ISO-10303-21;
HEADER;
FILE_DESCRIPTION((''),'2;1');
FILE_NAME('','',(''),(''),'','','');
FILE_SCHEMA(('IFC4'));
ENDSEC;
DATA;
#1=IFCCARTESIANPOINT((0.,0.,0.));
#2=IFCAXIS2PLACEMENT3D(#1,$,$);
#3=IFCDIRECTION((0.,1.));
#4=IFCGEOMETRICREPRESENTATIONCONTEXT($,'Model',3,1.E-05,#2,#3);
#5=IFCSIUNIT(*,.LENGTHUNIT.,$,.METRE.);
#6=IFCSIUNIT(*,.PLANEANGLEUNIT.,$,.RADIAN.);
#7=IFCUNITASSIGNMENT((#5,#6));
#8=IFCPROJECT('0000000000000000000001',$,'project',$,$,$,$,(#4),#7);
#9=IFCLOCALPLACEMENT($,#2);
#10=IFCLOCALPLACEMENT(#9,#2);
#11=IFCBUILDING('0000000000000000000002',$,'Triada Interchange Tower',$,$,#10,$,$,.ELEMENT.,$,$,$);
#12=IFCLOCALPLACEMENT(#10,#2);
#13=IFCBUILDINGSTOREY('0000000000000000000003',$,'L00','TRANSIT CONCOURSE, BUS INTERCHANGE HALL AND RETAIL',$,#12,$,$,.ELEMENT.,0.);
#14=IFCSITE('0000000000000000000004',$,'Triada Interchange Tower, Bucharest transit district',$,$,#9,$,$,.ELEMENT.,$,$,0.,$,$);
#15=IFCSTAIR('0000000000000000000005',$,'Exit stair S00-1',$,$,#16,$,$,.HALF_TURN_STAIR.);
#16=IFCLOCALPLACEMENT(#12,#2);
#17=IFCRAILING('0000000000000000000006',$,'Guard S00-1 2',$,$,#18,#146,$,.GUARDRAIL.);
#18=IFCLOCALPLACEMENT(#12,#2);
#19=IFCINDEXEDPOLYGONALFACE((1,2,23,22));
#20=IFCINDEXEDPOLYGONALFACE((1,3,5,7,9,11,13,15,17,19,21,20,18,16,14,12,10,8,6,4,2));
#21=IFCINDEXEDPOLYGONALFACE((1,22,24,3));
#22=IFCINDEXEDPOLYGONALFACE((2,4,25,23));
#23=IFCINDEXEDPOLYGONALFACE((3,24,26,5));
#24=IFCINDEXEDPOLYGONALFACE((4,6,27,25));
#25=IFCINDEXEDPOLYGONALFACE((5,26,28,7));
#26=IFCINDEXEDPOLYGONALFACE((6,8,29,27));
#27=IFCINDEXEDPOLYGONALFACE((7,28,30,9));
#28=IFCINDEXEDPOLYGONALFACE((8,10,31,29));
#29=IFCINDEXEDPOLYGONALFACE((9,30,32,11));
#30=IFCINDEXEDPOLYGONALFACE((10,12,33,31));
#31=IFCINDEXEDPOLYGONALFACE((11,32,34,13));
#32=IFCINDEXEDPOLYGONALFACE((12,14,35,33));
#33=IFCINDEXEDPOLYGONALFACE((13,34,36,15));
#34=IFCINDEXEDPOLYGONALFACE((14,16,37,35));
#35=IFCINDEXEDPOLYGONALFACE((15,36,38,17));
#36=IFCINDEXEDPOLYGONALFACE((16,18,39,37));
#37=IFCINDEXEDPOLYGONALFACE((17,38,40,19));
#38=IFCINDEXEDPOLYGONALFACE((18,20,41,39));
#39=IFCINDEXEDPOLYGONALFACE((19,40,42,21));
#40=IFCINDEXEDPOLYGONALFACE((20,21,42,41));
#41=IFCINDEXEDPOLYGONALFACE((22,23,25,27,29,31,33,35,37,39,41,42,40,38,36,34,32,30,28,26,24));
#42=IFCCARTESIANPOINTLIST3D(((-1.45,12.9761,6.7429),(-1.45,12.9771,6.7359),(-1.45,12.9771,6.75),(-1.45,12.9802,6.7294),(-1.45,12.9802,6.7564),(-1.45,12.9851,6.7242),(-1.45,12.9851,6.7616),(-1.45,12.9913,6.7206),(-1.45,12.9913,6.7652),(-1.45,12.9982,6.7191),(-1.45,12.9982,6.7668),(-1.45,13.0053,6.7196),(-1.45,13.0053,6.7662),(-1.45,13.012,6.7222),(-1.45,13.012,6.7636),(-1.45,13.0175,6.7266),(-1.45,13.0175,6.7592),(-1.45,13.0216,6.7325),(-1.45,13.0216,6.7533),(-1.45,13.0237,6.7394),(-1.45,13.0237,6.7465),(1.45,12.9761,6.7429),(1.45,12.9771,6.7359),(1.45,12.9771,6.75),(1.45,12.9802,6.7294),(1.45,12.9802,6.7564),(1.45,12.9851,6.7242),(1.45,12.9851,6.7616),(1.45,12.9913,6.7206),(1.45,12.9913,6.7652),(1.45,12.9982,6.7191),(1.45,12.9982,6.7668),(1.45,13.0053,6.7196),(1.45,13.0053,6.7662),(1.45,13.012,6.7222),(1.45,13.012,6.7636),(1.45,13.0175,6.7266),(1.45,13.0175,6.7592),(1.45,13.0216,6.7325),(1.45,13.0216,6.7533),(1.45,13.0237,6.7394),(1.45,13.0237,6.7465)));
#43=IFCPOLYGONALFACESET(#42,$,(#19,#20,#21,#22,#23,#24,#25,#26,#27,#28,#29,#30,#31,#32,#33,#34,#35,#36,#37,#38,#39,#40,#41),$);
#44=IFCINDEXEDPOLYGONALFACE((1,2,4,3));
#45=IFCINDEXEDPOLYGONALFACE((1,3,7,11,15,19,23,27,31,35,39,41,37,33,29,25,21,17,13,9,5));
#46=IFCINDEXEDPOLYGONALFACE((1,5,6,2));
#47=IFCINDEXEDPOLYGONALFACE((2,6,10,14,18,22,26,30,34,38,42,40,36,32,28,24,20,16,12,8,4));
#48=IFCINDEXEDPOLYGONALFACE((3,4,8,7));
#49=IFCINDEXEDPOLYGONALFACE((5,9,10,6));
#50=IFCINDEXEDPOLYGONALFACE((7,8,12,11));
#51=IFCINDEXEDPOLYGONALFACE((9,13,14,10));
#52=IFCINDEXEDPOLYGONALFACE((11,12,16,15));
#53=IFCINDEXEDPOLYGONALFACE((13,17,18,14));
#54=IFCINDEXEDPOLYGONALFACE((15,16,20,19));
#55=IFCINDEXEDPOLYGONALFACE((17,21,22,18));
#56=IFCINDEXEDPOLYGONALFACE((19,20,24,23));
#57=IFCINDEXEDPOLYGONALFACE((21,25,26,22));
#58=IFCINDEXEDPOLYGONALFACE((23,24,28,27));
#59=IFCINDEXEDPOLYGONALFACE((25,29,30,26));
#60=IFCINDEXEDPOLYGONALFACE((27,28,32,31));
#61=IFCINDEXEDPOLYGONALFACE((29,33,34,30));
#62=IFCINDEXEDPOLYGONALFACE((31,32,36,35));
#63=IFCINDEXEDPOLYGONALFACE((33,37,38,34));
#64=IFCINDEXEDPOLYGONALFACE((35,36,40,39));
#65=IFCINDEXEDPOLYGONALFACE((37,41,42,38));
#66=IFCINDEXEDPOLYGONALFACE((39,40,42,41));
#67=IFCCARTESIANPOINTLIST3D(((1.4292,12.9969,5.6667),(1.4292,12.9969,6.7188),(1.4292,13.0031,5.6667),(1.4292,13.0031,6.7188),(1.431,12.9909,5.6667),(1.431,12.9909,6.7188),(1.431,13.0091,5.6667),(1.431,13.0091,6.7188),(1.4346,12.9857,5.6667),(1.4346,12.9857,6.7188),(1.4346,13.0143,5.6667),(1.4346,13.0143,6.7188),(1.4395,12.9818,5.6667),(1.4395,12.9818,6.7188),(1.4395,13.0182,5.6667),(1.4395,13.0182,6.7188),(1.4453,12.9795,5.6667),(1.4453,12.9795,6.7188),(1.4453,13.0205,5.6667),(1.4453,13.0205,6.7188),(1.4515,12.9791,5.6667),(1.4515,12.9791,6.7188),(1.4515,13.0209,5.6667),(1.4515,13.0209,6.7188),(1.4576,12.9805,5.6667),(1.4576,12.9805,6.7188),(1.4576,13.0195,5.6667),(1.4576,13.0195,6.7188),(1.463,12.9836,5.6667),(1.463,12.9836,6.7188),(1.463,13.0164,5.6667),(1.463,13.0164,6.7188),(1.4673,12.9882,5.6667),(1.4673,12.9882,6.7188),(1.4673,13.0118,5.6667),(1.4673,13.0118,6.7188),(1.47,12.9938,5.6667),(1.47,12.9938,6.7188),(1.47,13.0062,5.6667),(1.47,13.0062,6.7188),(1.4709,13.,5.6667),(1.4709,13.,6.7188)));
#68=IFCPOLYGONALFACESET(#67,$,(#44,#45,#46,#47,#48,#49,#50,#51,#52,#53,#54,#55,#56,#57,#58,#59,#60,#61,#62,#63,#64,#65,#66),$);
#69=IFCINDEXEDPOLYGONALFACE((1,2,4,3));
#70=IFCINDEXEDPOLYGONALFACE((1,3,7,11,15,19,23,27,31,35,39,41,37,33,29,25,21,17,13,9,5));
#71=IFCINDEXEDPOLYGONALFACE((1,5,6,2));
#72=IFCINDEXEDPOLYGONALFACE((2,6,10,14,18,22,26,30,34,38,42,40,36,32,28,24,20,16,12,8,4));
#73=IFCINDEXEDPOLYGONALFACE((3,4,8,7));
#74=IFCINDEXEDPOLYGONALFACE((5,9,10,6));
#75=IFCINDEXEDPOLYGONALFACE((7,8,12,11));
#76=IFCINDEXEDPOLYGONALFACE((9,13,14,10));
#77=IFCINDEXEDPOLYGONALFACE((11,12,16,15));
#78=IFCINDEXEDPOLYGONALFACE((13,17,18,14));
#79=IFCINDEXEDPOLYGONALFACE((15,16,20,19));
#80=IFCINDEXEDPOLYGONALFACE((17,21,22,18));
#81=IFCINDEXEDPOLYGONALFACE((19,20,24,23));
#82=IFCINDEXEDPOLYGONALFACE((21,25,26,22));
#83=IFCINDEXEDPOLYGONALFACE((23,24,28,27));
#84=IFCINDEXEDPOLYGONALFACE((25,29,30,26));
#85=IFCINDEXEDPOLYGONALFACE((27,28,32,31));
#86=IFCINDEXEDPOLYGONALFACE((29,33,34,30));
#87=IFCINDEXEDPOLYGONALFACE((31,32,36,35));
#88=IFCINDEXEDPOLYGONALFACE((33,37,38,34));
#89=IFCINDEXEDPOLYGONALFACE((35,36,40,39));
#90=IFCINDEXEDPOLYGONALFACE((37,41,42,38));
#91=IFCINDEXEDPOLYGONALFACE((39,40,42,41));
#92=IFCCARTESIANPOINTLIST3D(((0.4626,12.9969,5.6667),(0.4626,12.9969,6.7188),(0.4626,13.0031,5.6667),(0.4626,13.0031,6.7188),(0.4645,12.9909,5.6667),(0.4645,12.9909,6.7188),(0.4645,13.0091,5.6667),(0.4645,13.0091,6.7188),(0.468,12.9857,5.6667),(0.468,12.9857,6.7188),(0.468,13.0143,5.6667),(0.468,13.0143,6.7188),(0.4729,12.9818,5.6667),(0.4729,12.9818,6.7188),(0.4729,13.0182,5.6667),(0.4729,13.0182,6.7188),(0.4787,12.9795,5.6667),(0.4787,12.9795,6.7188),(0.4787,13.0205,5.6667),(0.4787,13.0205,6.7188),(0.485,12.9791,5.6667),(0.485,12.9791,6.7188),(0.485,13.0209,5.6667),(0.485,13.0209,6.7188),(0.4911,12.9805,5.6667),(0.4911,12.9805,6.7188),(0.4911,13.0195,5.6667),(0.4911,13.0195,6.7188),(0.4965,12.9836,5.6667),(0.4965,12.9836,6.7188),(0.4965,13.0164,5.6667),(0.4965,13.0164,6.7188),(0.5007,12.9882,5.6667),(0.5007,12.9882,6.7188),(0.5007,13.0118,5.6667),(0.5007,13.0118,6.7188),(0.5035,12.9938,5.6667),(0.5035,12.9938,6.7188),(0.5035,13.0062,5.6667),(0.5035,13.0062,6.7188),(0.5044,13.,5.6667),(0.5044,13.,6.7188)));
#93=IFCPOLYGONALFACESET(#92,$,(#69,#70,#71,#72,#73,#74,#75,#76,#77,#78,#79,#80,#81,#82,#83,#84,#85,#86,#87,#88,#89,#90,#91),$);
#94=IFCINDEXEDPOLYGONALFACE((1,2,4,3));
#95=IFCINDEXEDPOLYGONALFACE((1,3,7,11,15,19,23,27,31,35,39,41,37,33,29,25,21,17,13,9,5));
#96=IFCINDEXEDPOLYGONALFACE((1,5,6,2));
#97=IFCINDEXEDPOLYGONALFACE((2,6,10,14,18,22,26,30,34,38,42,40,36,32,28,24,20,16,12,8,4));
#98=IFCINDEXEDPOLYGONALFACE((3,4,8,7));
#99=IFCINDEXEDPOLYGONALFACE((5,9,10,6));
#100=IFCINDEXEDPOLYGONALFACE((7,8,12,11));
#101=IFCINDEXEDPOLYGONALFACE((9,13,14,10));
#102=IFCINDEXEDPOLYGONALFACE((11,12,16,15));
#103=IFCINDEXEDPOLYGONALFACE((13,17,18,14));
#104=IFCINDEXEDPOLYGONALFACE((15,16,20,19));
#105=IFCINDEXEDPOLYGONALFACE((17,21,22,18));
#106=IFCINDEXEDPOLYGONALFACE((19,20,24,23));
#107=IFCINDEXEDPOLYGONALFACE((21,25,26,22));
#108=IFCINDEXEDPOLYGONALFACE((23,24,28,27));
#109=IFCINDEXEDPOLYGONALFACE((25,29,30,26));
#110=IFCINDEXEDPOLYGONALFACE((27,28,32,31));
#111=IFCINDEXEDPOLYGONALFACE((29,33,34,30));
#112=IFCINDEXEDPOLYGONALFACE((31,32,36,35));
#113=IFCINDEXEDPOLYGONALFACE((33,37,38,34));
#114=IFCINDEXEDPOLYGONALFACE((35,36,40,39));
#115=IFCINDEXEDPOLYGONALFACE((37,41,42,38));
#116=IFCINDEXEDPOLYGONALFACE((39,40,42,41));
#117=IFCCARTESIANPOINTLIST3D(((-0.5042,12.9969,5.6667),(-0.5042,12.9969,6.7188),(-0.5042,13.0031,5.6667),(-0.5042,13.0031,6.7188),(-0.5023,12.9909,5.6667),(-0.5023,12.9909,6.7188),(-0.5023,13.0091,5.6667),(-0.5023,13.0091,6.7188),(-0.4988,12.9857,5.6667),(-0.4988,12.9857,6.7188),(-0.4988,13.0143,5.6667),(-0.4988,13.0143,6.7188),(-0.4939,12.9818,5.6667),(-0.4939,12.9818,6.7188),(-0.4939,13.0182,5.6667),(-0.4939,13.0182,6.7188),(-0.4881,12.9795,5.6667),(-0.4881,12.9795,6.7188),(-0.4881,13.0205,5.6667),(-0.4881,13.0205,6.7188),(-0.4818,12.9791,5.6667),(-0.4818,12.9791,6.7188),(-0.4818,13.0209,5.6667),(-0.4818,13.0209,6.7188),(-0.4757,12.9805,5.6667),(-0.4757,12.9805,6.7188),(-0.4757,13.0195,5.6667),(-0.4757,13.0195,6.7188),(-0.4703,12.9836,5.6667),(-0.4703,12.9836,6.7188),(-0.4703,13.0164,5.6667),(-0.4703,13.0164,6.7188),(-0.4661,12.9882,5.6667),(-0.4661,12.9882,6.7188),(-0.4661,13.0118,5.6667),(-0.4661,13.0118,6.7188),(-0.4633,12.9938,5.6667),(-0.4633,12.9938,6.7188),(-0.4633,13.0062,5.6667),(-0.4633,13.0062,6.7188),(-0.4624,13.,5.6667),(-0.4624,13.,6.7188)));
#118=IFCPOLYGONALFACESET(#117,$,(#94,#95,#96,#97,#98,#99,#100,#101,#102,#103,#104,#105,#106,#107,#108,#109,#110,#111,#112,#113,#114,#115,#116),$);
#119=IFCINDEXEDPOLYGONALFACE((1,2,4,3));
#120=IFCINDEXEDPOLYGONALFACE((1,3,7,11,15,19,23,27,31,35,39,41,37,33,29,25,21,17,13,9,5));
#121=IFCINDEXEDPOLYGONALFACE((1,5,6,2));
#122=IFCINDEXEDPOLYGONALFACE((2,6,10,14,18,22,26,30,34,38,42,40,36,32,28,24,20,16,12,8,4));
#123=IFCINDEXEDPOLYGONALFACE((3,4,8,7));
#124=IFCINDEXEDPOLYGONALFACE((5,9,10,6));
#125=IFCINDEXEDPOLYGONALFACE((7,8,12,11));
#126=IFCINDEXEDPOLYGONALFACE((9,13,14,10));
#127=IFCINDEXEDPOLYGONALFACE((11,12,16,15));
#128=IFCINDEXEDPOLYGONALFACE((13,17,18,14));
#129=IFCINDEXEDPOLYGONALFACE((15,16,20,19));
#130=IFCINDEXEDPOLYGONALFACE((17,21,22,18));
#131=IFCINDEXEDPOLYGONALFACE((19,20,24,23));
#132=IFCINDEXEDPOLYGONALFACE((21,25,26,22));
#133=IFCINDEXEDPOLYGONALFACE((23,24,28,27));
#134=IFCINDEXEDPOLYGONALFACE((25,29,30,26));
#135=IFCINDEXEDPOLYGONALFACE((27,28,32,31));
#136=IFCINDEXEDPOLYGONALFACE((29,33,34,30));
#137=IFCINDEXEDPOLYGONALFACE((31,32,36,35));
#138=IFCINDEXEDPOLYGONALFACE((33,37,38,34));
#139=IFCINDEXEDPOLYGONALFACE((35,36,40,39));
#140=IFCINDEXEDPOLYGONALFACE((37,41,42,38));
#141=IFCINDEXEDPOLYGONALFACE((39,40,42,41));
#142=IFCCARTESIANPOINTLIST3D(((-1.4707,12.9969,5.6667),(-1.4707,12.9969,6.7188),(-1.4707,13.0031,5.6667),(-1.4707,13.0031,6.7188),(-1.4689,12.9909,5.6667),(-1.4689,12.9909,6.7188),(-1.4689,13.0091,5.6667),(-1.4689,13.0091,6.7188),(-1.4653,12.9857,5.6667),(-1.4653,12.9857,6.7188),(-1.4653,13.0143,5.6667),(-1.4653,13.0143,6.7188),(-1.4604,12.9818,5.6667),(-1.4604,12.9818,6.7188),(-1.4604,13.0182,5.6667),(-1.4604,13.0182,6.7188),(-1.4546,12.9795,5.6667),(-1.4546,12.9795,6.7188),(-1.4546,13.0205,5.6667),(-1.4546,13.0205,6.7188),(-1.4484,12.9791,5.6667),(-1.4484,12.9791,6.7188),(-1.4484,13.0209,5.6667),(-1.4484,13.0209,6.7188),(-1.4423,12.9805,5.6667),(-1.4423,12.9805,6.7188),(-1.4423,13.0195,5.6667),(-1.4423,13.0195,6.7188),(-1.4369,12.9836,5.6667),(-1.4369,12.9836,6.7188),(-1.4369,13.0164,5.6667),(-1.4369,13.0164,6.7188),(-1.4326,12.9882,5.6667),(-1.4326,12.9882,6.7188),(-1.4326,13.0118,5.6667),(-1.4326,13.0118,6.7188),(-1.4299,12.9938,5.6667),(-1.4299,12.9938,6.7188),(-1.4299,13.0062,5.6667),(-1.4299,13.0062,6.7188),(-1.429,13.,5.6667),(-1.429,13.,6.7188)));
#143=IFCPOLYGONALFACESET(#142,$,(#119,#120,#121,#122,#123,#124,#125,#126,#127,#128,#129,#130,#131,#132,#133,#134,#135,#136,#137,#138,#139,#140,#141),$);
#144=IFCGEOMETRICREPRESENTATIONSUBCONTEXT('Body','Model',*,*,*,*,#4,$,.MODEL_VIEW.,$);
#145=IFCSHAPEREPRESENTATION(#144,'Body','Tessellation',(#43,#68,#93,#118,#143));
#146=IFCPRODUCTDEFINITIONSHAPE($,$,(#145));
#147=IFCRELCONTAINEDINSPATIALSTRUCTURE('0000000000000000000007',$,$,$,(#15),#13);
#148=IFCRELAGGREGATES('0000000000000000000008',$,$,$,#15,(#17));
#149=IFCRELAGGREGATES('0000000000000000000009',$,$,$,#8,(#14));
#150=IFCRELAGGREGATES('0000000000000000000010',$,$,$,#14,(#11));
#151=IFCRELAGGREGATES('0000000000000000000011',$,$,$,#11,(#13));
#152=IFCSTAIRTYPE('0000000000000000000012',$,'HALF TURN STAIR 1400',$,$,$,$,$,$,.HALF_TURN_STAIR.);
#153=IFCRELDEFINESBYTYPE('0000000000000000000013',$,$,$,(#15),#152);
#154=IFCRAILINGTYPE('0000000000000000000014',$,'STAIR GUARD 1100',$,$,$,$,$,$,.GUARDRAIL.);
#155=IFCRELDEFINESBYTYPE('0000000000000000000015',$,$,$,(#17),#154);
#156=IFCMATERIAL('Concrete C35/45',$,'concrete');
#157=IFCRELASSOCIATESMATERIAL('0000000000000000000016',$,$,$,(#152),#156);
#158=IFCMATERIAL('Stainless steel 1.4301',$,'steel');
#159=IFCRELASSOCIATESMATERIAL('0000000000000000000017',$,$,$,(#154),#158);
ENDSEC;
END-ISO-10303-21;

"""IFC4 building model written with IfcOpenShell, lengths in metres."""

from ifc_helpers import new_model, si_unit, direction, frame, origin, origin_2d, place, context, subcontext, project, spatial, circle, extrude, material, type_object, element, aggregate, save


model = new_model("IFC4")

# Units and contexts
model_context = context("Model", 3, precision=1e-05, world=origin(), true_north=direction((0.0, 1.0)))
body_context = subcontext(model_context, "Body", "Model", "MODEL_VIEW")
ifc_project = project(units=[si_unit("LENGTHUNIT", "METRE"), si_unit("PLANEANGLEUNIT", "RADIAN")], contexts=[model_context])

# Site, building, storey
site_placement = place(None, origin())
site = spatial("IfcSite", under=ifc_project, at=site_placement, Name="Triada Interchange Tower, Bucharest transit district", CompositionType="ELEMENT", RefElevation=0.0)
building_placement = place(site_placement, origin())
building = spatial("IfcBuilding", under=site, at=building_placement, Name="Triada Interchange Tower", CompositionType="ELEMENT")
storey_placement = place(building_placement, origin())
storey = spatial("IfcBuildingStorey", under=building, at=storey_placement, Name="L00", Description="TRANSIT CONCOURSE, BUS INTERCHANGE HALL AND RETAIL", CompositionType="ELEMENT", Elevation=0.0)

# Shared definitions
ifc_material_1 = material(Name="Concrete C35/45", Category="concrete")

# Stair, railing
stair_type = type_object("IfcStairType", Name="HALF TURN STAIR 1400", PredefinedType="HALF_TURN_STAIR", material=ifc_material_1)
stair_placement = place(storey_placement, origin())
stair = element("IfcStair", 1, at=stair_placement, inside=storey, type_object=stair_type, Name="Exit stair S00-1", PredefinedType="HALF_TURN_STAIR")
ifc_material_2 = material(Name="Stainless steel 1.4301", Category="steel")
railing_type = type_object("IfcRailingType", Name="STAIR GUARD 1100", PredefinedType="GUARDRAIL", material=ifc_material_2)
railing_1_placement = place(storey_placement, frame((1.45, 13.0, 5.6667)))
railing_1 = element("IfcRailing", 2, at=railing_1_placement, type_object=railing_type, Name="Guard S00-1 2", PredefinedType="GUARDRAIL", context=body_context, shape_type="SweptSolid", body=[
    extrude(circle(Radius=0.0239, at=origin_2d()), frame((0.0, 0.0, 1.0762), z_axis=(-1.0, 0.0, 0.0), x_axis=(0.0, -1.0, 0.0)), (0.0, 0.0, 1.0), 2.8999),
    extrude(circle(Radius=0.021, at=origin_2d()), origin(), (0.0, 0.0, 1.0), 1.052),
    extrude(circle(Radius=0.021, at=origin_2d()), frame((-0.9666, 0.0, 0.0)), (0.0, 0.0, 1.0), 1.052),
    extrude(circle(Radius=0.021, at=origin_2d()), frame((-1.9333, 0.0, 0.0)), (0.0, 0.0, 1.0), 1.052),
    extrude(circle(Radius=0.021, at=origin_2d()), frame((-2.8999, 0.0, 0.0)), (0.0, 0.0, 1.0), 1.052),
])
aggregate(stair, [railing_1])

save(model, "model.ifc")
